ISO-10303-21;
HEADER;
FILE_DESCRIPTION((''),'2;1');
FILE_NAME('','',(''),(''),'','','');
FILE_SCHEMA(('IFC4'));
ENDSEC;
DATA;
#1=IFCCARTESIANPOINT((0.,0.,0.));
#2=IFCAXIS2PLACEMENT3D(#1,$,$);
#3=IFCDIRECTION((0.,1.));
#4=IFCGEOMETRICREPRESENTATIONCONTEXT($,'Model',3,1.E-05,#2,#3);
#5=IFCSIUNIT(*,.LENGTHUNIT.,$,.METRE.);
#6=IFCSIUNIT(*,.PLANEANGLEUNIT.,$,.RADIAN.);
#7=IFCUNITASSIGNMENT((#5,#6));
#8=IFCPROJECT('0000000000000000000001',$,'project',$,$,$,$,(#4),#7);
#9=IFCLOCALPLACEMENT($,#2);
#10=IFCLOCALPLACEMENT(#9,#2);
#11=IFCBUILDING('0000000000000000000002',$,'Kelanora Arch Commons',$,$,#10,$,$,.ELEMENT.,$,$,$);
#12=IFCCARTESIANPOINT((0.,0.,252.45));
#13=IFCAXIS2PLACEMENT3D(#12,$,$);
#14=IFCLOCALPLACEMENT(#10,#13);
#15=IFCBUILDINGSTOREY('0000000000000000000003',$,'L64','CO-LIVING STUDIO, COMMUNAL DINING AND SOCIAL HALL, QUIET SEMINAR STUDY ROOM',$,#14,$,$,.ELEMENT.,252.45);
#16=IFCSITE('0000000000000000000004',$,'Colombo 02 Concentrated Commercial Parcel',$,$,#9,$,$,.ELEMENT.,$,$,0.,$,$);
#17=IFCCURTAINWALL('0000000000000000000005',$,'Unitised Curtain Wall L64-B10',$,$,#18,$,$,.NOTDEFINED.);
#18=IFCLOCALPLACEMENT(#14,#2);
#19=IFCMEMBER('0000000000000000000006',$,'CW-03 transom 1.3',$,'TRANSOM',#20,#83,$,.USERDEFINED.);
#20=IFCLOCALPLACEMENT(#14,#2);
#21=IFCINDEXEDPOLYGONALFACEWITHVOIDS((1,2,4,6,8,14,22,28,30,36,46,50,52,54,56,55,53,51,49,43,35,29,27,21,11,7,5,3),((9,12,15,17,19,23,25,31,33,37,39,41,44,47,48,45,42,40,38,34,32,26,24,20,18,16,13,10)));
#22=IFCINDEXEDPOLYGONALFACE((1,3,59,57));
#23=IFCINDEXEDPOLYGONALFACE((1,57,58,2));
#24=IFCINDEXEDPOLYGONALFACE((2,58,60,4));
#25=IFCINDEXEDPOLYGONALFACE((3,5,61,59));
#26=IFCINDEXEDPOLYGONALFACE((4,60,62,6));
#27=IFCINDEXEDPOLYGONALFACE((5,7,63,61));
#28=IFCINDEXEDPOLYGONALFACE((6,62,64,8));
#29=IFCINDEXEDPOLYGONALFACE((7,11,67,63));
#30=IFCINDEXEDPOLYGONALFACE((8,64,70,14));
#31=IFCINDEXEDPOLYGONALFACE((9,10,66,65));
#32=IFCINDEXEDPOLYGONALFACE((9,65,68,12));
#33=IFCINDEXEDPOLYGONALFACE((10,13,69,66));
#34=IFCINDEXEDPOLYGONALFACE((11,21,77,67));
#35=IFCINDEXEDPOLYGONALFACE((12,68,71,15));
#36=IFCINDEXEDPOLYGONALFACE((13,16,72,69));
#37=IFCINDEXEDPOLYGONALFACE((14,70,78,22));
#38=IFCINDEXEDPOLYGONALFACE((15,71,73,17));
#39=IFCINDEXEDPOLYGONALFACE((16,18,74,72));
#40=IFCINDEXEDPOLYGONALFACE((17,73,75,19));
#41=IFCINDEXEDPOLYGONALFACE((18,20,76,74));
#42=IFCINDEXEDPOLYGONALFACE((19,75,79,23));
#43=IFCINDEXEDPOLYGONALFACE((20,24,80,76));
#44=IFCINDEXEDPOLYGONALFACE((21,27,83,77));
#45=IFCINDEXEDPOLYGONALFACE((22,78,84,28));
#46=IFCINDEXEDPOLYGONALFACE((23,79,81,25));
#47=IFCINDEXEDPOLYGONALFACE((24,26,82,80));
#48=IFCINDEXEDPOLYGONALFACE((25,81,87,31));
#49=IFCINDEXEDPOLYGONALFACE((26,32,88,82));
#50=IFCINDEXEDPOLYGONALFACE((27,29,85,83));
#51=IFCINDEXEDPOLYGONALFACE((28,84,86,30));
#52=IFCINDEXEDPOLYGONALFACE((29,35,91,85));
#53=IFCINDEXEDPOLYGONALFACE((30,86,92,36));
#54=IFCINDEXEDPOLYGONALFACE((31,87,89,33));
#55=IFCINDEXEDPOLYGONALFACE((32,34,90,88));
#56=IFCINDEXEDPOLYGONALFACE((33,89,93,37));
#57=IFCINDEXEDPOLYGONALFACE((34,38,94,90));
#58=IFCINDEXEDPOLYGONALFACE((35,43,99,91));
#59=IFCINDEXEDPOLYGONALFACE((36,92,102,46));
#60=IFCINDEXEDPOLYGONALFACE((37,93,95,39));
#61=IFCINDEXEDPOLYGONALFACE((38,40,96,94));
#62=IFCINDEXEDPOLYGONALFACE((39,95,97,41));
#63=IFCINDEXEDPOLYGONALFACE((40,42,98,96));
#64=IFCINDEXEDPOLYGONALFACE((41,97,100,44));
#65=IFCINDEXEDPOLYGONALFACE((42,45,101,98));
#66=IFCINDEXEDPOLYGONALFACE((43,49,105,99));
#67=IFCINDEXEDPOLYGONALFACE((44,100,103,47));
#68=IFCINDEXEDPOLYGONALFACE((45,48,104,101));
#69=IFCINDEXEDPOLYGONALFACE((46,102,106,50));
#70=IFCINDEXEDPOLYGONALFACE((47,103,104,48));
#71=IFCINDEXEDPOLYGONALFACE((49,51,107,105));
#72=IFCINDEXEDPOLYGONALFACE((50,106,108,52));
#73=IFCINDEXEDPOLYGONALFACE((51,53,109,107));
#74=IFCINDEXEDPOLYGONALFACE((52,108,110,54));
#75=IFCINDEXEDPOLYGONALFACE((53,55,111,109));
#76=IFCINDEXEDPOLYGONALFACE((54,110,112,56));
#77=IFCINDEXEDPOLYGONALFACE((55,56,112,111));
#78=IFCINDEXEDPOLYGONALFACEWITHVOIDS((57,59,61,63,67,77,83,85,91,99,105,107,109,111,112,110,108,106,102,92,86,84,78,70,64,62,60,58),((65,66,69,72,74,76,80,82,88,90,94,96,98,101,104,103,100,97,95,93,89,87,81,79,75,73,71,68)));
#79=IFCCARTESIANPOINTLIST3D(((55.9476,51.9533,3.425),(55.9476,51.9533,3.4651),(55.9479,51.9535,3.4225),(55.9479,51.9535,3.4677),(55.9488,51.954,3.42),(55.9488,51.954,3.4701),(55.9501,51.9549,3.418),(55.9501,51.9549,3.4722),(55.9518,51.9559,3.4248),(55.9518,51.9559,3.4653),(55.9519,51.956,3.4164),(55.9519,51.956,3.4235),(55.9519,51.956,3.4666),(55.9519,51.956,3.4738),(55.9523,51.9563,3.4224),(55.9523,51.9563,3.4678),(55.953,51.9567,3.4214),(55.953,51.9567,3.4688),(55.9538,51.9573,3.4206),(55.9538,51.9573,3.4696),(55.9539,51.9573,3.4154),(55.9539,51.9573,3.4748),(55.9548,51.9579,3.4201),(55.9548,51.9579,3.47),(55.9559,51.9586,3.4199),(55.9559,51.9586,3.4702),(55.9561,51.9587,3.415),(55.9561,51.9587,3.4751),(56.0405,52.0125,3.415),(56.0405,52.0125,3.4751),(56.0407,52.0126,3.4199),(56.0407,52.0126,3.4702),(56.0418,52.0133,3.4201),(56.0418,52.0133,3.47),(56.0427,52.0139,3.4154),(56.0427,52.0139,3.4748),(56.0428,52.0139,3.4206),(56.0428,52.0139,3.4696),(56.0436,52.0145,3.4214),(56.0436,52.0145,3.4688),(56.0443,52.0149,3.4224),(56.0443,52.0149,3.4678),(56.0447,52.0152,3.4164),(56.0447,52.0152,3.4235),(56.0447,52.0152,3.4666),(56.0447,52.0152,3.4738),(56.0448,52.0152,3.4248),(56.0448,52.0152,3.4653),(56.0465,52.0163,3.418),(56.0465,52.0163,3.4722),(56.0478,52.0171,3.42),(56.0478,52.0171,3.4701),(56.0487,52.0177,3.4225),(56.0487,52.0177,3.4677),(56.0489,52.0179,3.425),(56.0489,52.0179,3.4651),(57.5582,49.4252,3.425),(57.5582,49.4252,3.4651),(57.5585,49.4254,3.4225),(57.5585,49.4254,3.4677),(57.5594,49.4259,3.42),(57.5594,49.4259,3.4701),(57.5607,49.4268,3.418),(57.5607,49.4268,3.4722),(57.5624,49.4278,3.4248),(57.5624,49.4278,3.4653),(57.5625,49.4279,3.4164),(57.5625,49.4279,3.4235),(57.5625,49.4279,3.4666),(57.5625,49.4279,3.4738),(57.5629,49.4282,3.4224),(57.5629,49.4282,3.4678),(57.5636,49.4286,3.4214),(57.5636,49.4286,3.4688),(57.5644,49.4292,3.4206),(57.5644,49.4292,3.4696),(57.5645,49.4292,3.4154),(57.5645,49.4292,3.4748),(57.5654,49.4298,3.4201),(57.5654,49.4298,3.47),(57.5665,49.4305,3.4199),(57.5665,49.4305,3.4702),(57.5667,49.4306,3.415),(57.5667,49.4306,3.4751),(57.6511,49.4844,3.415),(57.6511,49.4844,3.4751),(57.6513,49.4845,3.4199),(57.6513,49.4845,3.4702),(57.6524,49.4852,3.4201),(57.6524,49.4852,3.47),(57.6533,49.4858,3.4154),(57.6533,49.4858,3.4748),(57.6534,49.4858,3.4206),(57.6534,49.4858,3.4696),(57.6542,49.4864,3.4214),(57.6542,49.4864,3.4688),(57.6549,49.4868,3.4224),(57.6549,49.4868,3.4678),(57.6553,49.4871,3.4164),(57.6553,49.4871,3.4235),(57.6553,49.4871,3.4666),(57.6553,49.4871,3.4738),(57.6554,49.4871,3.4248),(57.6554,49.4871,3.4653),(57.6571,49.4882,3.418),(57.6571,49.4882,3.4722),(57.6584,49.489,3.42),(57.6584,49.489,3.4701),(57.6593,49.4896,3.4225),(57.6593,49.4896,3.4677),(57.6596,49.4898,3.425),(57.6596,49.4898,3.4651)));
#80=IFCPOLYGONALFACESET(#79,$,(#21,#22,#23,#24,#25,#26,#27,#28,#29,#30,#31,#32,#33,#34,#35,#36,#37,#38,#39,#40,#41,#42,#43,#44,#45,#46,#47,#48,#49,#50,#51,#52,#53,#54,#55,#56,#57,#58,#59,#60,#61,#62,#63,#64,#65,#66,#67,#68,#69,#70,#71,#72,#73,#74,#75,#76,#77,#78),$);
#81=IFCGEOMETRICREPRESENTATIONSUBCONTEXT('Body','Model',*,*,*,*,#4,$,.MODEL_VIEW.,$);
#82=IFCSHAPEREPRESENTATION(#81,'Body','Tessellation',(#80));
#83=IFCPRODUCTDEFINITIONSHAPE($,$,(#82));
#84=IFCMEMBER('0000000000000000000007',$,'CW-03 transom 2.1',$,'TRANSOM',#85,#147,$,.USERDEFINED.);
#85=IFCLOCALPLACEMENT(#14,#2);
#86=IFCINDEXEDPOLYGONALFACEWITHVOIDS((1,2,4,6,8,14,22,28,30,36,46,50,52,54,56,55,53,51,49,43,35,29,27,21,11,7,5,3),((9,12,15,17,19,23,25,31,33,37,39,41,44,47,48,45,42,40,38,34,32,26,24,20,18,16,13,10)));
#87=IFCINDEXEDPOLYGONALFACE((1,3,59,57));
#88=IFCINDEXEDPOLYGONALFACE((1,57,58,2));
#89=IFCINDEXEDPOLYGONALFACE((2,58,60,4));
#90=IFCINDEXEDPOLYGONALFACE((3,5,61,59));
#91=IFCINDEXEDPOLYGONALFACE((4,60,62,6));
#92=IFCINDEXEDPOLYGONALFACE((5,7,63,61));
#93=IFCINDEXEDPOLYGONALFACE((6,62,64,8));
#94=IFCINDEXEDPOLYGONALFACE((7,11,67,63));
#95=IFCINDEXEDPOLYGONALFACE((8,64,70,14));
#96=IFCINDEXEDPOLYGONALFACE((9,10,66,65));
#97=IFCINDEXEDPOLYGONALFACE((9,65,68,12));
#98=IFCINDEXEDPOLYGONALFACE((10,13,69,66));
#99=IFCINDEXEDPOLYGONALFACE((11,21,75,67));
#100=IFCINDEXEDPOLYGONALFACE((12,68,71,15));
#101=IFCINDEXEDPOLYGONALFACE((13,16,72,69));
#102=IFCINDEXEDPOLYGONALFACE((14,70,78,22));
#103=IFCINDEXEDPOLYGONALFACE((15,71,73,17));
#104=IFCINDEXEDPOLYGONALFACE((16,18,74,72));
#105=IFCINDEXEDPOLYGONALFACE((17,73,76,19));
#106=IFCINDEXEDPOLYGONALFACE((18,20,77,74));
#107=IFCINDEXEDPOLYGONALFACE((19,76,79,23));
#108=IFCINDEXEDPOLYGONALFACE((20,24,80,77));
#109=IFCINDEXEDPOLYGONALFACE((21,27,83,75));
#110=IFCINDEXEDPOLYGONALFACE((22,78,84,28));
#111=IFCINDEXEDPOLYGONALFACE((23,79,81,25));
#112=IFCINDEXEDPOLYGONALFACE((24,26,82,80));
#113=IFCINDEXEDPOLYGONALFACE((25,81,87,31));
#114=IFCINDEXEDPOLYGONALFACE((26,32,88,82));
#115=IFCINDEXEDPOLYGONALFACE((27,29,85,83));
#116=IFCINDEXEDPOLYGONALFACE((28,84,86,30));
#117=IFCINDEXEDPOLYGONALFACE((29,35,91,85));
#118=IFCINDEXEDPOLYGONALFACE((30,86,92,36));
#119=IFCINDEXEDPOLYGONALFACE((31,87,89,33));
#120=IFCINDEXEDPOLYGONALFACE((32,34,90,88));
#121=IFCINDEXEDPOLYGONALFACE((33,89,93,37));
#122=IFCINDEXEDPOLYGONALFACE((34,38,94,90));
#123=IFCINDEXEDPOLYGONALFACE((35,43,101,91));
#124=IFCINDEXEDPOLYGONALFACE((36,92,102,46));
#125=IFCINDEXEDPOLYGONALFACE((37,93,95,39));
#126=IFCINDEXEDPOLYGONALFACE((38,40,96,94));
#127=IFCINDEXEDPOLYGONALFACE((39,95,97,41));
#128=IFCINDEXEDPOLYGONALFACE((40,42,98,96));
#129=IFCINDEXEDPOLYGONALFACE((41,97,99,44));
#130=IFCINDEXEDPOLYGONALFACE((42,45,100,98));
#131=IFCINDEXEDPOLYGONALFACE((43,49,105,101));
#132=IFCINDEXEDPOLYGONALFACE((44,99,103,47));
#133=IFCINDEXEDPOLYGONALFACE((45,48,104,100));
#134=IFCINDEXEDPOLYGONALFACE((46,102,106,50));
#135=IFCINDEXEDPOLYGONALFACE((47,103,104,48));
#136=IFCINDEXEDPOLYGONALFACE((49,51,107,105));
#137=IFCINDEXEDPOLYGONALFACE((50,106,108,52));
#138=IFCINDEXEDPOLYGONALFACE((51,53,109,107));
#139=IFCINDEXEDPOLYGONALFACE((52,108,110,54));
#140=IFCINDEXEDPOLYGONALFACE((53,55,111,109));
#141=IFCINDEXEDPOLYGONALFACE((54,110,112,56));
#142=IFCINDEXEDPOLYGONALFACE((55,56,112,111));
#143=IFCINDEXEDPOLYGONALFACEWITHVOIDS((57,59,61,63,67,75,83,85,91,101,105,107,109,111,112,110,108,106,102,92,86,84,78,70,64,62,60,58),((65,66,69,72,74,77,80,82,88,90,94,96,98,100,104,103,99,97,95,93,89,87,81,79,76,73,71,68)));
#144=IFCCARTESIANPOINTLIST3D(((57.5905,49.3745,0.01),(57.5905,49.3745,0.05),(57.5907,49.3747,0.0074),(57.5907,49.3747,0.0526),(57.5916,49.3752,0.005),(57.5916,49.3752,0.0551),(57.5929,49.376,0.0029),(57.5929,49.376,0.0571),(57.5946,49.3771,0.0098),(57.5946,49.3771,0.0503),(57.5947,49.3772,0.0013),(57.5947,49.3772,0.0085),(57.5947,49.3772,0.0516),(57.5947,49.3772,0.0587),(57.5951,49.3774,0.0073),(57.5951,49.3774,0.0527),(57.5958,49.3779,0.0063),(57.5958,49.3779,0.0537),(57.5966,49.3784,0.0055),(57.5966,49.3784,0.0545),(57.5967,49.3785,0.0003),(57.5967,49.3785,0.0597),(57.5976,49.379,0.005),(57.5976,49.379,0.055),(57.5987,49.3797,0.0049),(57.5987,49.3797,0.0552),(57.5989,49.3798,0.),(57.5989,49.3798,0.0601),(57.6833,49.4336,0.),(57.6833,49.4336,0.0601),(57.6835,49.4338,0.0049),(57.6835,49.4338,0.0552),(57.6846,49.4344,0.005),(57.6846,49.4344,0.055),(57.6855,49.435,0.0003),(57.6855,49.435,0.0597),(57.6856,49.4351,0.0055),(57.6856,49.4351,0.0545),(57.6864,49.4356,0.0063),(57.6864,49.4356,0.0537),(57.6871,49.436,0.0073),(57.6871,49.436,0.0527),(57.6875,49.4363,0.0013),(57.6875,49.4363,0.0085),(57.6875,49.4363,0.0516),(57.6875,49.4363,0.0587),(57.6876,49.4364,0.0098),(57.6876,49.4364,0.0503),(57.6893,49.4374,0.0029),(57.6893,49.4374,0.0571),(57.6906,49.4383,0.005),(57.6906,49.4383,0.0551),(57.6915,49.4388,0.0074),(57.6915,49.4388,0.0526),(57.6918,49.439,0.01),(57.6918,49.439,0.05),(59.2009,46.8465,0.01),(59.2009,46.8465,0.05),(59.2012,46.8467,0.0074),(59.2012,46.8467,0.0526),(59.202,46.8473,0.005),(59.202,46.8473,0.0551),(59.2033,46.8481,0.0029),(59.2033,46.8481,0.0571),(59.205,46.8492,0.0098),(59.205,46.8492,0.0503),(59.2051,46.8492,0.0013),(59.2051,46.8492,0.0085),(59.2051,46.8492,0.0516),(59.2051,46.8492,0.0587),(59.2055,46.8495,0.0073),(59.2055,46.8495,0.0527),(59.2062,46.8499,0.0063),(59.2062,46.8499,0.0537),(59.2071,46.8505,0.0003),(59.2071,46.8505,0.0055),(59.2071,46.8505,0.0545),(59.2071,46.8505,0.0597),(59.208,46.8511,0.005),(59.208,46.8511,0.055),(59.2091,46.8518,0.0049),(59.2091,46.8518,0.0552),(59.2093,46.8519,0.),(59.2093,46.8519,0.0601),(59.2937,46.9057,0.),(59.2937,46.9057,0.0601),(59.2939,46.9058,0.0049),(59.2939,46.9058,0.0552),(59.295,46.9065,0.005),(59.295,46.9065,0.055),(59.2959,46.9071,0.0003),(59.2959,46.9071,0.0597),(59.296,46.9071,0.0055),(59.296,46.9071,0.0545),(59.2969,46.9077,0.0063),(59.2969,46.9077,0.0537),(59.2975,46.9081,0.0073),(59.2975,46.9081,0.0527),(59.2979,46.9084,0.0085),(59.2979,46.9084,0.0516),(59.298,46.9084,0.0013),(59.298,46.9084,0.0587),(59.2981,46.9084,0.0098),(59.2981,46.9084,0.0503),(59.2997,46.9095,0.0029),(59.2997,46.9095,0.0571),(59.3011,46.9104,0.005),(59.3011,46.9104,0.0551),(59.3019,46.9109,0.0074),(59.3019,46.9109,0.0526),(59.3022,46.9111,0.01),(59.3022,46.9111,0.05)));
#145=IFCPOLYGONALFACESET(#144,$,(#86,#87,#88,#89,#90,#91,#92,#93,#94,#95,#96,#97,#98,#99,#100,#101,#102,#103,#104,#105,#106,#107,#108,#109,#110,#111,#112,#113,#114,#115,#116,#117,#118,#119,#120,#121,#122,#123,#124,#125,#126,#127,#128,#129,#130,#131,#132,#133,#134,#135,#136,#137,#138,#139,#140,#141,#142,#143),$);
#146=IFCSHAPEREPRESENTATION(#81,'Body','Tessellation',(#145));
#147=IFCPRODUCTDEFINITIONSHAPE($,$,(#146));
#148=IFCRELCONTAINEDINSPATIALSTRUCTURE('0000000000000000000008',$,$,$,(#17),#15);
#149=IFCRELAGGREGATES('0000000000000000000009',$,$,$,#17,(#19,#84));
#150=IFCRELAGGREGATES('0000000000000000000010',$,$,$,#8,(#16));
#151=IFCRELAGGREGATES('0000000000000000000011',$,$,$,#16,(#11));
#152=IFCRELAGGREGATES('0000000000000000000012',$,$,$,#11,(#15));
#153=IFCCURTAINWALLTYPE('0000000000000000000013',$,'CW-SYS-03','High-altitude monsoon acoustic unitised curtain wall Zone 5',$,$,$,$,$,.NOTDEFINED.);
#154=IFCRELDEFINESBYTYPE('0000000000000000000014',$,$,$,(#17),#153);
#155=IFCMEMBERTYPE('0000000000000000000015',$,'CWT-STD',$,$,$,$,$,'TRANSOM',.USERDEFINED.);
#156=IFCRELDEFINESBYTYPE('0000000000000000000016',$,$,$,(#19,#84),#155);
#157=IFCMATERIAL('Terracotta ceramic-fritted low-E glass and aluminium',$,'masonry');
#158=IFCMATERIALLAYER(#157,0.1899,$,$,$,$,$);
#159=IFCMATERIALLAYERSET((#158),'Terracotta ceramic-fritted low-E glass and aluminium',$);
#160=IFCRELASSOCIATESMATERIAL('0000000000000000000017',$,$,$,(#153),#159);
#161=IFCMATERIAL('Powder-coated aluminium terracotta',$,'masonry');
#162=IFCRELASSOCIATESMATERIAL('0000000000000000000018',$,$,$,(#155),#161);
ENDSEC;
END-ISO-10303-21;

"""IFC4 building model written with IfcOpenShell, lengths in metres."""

from ifc_helpers import new_model, si_unit, direction, frame, origin, origin_2d, place, context, subcontext, project, spatial, hollow_rectangle, extrude, material, layer, layer_set, material_profile, profile_set, type_object, element, aggregate, save


model = new_model("IFC4")

# Units and contexts
model_context = context("Model", 3, precision=1e-05, world=origin(), true_north=direction((0.0, 1.0)))
body_context = subcontext(model_context, "Body", "Model", "MODEL_VIEW")
ifc_project = project(units=[si_unit("LENGTHUNIT", "METRE"), si_unit("PLANEANGLEUNIT", "RADIAN")], contexts=[model_context])

# Site, building, storey
site_placement = place(None, origin())
site = spatial("IfcSite", under=ifc_project, at=site_placement, Name="Colombo 02 Concentrated Commercial Parcel", CompositionType="ELEMENT", RefElevation=0.0)
building_placement = place(site_placement, origin())
building = spatial("IfcBuilding", under=site, at=building_placement, Name="Kelanora Arch Commons", CompositionType="ELEMENT")
storey_placement = place(building_placement, frame((0.0, 0.0, 252.45)))
storey = spatial("IfcBuildingStorey", under=building, at=storey_placement, Name="L64", Description="CO-LIVING STUDIO, COMMUNAL DINING AND SOCIAL HALL, QUIET SEMINAR STUDY ROOM", CompositionType="ELEMENT", Elevation=252.45)

# Curtain wall, members
ifc_material_1 = material(Name="Terracotta ceramic-fritted low-E glass and aluminium", Category="masonry")
ifc_layer_1 = layer(ifc_material_1, 0.1899)
ifc_layer_set_1 = layer_set([ifc_layer_1], Name="Terracotta ceramic-fritted low-E glass and aluminium")
curtain_wall_type = type_object("IfcCurtainWallType", Name="CW-SYS-03", Description="High-altitude monsoon acoustic unitised curtain wall Zone 5", PredefinedType="NOTDEFINED", material=ifc_layer_set_1)
curtain_wall_placement = place(storey_placement, origin())
curtain_wall = element("IfcCurtainWall", 1, at=curtain_wall_placement, inside=storey, type_object=curtain_wall_type, Name="Unitised Curtain Wall L64-B10", PredefinedType="NOTDEFINED")
ifc_material_2 = material(Name="Powder-coated aluminium terracotta", Category="masonry")
ifc_material_profile_1 = material_profile(ifc_material_2, hollow_rectangle(XDim=0.1201, YDim=0.0601, WallThickness=0.0049, InnerFilletRadius=0.0049, OuterFilletRadius=0.01, at=origin_2d()), Name="CWT120x60")
ifc_profile_set_1 = profile_set([ifc_material_profile_1], Name="Powder-coated aluminium terracotta")
member_type_1 = type_object("IfcMemberType", Name="CWT-STD", ElementType="TRANSOM", PredefinedType="USERDEFINED", material=ifc_profile_set_1)
member_1_placement = place(storey_placement, frame((55.9983, 51.9856, 3.4451), z_axis=(0.537308, -0.843386, 0.0), x_axis=(0.843386, 0.537308, 0.0)))
member_1 = element("IfcMember", 2, at=member_1_placement, type_object=member_type_1, Name="CW-03 transom 1.3", ObjectType="TRANSOM", PredefinedType="USERDEFINED", context=body_context, shape_type="SweptSolid", body=[
    extrude(hollow_rectangle(XDim=0.1201, YDim=0.0601, WallThickness=0.0049, InnerFilletRadius=0.0049, OuterFilletRadius=0.01, at=origin_2d()), origin(), (0.0, 0.0, 1.0), 2.9976),
])
member_2_placement = place(storey_placement, frame((57.6411, 49.4067, 0.03), z_axis=(0.537287, -0.8434, 0.0), x_axis=(0.8434, 0.537287, 0.0)))
member_2 = element("IfcMember", 3, at=member_2_placement, type_object=member_type_1, Name="CW-03 transom 2.1", ObjectType="TRANSOM", PredefinedType="USERDEFINED", context=body_context, shape_type="SweptSolid", body=[
    extrude(hollow_rectangle(XDim=0.1201, YDim=0.0601, WallThickness=0.0049, InnerFilletRadius=0.0049, OuterFilletRadius=0.01, at=origin_2d()), origin(), (0.0, 0.0, 1.0), 2.9973),
])

aggregate(curtain_wall, [member_1, member_2])

save(model, "model.ifc")
